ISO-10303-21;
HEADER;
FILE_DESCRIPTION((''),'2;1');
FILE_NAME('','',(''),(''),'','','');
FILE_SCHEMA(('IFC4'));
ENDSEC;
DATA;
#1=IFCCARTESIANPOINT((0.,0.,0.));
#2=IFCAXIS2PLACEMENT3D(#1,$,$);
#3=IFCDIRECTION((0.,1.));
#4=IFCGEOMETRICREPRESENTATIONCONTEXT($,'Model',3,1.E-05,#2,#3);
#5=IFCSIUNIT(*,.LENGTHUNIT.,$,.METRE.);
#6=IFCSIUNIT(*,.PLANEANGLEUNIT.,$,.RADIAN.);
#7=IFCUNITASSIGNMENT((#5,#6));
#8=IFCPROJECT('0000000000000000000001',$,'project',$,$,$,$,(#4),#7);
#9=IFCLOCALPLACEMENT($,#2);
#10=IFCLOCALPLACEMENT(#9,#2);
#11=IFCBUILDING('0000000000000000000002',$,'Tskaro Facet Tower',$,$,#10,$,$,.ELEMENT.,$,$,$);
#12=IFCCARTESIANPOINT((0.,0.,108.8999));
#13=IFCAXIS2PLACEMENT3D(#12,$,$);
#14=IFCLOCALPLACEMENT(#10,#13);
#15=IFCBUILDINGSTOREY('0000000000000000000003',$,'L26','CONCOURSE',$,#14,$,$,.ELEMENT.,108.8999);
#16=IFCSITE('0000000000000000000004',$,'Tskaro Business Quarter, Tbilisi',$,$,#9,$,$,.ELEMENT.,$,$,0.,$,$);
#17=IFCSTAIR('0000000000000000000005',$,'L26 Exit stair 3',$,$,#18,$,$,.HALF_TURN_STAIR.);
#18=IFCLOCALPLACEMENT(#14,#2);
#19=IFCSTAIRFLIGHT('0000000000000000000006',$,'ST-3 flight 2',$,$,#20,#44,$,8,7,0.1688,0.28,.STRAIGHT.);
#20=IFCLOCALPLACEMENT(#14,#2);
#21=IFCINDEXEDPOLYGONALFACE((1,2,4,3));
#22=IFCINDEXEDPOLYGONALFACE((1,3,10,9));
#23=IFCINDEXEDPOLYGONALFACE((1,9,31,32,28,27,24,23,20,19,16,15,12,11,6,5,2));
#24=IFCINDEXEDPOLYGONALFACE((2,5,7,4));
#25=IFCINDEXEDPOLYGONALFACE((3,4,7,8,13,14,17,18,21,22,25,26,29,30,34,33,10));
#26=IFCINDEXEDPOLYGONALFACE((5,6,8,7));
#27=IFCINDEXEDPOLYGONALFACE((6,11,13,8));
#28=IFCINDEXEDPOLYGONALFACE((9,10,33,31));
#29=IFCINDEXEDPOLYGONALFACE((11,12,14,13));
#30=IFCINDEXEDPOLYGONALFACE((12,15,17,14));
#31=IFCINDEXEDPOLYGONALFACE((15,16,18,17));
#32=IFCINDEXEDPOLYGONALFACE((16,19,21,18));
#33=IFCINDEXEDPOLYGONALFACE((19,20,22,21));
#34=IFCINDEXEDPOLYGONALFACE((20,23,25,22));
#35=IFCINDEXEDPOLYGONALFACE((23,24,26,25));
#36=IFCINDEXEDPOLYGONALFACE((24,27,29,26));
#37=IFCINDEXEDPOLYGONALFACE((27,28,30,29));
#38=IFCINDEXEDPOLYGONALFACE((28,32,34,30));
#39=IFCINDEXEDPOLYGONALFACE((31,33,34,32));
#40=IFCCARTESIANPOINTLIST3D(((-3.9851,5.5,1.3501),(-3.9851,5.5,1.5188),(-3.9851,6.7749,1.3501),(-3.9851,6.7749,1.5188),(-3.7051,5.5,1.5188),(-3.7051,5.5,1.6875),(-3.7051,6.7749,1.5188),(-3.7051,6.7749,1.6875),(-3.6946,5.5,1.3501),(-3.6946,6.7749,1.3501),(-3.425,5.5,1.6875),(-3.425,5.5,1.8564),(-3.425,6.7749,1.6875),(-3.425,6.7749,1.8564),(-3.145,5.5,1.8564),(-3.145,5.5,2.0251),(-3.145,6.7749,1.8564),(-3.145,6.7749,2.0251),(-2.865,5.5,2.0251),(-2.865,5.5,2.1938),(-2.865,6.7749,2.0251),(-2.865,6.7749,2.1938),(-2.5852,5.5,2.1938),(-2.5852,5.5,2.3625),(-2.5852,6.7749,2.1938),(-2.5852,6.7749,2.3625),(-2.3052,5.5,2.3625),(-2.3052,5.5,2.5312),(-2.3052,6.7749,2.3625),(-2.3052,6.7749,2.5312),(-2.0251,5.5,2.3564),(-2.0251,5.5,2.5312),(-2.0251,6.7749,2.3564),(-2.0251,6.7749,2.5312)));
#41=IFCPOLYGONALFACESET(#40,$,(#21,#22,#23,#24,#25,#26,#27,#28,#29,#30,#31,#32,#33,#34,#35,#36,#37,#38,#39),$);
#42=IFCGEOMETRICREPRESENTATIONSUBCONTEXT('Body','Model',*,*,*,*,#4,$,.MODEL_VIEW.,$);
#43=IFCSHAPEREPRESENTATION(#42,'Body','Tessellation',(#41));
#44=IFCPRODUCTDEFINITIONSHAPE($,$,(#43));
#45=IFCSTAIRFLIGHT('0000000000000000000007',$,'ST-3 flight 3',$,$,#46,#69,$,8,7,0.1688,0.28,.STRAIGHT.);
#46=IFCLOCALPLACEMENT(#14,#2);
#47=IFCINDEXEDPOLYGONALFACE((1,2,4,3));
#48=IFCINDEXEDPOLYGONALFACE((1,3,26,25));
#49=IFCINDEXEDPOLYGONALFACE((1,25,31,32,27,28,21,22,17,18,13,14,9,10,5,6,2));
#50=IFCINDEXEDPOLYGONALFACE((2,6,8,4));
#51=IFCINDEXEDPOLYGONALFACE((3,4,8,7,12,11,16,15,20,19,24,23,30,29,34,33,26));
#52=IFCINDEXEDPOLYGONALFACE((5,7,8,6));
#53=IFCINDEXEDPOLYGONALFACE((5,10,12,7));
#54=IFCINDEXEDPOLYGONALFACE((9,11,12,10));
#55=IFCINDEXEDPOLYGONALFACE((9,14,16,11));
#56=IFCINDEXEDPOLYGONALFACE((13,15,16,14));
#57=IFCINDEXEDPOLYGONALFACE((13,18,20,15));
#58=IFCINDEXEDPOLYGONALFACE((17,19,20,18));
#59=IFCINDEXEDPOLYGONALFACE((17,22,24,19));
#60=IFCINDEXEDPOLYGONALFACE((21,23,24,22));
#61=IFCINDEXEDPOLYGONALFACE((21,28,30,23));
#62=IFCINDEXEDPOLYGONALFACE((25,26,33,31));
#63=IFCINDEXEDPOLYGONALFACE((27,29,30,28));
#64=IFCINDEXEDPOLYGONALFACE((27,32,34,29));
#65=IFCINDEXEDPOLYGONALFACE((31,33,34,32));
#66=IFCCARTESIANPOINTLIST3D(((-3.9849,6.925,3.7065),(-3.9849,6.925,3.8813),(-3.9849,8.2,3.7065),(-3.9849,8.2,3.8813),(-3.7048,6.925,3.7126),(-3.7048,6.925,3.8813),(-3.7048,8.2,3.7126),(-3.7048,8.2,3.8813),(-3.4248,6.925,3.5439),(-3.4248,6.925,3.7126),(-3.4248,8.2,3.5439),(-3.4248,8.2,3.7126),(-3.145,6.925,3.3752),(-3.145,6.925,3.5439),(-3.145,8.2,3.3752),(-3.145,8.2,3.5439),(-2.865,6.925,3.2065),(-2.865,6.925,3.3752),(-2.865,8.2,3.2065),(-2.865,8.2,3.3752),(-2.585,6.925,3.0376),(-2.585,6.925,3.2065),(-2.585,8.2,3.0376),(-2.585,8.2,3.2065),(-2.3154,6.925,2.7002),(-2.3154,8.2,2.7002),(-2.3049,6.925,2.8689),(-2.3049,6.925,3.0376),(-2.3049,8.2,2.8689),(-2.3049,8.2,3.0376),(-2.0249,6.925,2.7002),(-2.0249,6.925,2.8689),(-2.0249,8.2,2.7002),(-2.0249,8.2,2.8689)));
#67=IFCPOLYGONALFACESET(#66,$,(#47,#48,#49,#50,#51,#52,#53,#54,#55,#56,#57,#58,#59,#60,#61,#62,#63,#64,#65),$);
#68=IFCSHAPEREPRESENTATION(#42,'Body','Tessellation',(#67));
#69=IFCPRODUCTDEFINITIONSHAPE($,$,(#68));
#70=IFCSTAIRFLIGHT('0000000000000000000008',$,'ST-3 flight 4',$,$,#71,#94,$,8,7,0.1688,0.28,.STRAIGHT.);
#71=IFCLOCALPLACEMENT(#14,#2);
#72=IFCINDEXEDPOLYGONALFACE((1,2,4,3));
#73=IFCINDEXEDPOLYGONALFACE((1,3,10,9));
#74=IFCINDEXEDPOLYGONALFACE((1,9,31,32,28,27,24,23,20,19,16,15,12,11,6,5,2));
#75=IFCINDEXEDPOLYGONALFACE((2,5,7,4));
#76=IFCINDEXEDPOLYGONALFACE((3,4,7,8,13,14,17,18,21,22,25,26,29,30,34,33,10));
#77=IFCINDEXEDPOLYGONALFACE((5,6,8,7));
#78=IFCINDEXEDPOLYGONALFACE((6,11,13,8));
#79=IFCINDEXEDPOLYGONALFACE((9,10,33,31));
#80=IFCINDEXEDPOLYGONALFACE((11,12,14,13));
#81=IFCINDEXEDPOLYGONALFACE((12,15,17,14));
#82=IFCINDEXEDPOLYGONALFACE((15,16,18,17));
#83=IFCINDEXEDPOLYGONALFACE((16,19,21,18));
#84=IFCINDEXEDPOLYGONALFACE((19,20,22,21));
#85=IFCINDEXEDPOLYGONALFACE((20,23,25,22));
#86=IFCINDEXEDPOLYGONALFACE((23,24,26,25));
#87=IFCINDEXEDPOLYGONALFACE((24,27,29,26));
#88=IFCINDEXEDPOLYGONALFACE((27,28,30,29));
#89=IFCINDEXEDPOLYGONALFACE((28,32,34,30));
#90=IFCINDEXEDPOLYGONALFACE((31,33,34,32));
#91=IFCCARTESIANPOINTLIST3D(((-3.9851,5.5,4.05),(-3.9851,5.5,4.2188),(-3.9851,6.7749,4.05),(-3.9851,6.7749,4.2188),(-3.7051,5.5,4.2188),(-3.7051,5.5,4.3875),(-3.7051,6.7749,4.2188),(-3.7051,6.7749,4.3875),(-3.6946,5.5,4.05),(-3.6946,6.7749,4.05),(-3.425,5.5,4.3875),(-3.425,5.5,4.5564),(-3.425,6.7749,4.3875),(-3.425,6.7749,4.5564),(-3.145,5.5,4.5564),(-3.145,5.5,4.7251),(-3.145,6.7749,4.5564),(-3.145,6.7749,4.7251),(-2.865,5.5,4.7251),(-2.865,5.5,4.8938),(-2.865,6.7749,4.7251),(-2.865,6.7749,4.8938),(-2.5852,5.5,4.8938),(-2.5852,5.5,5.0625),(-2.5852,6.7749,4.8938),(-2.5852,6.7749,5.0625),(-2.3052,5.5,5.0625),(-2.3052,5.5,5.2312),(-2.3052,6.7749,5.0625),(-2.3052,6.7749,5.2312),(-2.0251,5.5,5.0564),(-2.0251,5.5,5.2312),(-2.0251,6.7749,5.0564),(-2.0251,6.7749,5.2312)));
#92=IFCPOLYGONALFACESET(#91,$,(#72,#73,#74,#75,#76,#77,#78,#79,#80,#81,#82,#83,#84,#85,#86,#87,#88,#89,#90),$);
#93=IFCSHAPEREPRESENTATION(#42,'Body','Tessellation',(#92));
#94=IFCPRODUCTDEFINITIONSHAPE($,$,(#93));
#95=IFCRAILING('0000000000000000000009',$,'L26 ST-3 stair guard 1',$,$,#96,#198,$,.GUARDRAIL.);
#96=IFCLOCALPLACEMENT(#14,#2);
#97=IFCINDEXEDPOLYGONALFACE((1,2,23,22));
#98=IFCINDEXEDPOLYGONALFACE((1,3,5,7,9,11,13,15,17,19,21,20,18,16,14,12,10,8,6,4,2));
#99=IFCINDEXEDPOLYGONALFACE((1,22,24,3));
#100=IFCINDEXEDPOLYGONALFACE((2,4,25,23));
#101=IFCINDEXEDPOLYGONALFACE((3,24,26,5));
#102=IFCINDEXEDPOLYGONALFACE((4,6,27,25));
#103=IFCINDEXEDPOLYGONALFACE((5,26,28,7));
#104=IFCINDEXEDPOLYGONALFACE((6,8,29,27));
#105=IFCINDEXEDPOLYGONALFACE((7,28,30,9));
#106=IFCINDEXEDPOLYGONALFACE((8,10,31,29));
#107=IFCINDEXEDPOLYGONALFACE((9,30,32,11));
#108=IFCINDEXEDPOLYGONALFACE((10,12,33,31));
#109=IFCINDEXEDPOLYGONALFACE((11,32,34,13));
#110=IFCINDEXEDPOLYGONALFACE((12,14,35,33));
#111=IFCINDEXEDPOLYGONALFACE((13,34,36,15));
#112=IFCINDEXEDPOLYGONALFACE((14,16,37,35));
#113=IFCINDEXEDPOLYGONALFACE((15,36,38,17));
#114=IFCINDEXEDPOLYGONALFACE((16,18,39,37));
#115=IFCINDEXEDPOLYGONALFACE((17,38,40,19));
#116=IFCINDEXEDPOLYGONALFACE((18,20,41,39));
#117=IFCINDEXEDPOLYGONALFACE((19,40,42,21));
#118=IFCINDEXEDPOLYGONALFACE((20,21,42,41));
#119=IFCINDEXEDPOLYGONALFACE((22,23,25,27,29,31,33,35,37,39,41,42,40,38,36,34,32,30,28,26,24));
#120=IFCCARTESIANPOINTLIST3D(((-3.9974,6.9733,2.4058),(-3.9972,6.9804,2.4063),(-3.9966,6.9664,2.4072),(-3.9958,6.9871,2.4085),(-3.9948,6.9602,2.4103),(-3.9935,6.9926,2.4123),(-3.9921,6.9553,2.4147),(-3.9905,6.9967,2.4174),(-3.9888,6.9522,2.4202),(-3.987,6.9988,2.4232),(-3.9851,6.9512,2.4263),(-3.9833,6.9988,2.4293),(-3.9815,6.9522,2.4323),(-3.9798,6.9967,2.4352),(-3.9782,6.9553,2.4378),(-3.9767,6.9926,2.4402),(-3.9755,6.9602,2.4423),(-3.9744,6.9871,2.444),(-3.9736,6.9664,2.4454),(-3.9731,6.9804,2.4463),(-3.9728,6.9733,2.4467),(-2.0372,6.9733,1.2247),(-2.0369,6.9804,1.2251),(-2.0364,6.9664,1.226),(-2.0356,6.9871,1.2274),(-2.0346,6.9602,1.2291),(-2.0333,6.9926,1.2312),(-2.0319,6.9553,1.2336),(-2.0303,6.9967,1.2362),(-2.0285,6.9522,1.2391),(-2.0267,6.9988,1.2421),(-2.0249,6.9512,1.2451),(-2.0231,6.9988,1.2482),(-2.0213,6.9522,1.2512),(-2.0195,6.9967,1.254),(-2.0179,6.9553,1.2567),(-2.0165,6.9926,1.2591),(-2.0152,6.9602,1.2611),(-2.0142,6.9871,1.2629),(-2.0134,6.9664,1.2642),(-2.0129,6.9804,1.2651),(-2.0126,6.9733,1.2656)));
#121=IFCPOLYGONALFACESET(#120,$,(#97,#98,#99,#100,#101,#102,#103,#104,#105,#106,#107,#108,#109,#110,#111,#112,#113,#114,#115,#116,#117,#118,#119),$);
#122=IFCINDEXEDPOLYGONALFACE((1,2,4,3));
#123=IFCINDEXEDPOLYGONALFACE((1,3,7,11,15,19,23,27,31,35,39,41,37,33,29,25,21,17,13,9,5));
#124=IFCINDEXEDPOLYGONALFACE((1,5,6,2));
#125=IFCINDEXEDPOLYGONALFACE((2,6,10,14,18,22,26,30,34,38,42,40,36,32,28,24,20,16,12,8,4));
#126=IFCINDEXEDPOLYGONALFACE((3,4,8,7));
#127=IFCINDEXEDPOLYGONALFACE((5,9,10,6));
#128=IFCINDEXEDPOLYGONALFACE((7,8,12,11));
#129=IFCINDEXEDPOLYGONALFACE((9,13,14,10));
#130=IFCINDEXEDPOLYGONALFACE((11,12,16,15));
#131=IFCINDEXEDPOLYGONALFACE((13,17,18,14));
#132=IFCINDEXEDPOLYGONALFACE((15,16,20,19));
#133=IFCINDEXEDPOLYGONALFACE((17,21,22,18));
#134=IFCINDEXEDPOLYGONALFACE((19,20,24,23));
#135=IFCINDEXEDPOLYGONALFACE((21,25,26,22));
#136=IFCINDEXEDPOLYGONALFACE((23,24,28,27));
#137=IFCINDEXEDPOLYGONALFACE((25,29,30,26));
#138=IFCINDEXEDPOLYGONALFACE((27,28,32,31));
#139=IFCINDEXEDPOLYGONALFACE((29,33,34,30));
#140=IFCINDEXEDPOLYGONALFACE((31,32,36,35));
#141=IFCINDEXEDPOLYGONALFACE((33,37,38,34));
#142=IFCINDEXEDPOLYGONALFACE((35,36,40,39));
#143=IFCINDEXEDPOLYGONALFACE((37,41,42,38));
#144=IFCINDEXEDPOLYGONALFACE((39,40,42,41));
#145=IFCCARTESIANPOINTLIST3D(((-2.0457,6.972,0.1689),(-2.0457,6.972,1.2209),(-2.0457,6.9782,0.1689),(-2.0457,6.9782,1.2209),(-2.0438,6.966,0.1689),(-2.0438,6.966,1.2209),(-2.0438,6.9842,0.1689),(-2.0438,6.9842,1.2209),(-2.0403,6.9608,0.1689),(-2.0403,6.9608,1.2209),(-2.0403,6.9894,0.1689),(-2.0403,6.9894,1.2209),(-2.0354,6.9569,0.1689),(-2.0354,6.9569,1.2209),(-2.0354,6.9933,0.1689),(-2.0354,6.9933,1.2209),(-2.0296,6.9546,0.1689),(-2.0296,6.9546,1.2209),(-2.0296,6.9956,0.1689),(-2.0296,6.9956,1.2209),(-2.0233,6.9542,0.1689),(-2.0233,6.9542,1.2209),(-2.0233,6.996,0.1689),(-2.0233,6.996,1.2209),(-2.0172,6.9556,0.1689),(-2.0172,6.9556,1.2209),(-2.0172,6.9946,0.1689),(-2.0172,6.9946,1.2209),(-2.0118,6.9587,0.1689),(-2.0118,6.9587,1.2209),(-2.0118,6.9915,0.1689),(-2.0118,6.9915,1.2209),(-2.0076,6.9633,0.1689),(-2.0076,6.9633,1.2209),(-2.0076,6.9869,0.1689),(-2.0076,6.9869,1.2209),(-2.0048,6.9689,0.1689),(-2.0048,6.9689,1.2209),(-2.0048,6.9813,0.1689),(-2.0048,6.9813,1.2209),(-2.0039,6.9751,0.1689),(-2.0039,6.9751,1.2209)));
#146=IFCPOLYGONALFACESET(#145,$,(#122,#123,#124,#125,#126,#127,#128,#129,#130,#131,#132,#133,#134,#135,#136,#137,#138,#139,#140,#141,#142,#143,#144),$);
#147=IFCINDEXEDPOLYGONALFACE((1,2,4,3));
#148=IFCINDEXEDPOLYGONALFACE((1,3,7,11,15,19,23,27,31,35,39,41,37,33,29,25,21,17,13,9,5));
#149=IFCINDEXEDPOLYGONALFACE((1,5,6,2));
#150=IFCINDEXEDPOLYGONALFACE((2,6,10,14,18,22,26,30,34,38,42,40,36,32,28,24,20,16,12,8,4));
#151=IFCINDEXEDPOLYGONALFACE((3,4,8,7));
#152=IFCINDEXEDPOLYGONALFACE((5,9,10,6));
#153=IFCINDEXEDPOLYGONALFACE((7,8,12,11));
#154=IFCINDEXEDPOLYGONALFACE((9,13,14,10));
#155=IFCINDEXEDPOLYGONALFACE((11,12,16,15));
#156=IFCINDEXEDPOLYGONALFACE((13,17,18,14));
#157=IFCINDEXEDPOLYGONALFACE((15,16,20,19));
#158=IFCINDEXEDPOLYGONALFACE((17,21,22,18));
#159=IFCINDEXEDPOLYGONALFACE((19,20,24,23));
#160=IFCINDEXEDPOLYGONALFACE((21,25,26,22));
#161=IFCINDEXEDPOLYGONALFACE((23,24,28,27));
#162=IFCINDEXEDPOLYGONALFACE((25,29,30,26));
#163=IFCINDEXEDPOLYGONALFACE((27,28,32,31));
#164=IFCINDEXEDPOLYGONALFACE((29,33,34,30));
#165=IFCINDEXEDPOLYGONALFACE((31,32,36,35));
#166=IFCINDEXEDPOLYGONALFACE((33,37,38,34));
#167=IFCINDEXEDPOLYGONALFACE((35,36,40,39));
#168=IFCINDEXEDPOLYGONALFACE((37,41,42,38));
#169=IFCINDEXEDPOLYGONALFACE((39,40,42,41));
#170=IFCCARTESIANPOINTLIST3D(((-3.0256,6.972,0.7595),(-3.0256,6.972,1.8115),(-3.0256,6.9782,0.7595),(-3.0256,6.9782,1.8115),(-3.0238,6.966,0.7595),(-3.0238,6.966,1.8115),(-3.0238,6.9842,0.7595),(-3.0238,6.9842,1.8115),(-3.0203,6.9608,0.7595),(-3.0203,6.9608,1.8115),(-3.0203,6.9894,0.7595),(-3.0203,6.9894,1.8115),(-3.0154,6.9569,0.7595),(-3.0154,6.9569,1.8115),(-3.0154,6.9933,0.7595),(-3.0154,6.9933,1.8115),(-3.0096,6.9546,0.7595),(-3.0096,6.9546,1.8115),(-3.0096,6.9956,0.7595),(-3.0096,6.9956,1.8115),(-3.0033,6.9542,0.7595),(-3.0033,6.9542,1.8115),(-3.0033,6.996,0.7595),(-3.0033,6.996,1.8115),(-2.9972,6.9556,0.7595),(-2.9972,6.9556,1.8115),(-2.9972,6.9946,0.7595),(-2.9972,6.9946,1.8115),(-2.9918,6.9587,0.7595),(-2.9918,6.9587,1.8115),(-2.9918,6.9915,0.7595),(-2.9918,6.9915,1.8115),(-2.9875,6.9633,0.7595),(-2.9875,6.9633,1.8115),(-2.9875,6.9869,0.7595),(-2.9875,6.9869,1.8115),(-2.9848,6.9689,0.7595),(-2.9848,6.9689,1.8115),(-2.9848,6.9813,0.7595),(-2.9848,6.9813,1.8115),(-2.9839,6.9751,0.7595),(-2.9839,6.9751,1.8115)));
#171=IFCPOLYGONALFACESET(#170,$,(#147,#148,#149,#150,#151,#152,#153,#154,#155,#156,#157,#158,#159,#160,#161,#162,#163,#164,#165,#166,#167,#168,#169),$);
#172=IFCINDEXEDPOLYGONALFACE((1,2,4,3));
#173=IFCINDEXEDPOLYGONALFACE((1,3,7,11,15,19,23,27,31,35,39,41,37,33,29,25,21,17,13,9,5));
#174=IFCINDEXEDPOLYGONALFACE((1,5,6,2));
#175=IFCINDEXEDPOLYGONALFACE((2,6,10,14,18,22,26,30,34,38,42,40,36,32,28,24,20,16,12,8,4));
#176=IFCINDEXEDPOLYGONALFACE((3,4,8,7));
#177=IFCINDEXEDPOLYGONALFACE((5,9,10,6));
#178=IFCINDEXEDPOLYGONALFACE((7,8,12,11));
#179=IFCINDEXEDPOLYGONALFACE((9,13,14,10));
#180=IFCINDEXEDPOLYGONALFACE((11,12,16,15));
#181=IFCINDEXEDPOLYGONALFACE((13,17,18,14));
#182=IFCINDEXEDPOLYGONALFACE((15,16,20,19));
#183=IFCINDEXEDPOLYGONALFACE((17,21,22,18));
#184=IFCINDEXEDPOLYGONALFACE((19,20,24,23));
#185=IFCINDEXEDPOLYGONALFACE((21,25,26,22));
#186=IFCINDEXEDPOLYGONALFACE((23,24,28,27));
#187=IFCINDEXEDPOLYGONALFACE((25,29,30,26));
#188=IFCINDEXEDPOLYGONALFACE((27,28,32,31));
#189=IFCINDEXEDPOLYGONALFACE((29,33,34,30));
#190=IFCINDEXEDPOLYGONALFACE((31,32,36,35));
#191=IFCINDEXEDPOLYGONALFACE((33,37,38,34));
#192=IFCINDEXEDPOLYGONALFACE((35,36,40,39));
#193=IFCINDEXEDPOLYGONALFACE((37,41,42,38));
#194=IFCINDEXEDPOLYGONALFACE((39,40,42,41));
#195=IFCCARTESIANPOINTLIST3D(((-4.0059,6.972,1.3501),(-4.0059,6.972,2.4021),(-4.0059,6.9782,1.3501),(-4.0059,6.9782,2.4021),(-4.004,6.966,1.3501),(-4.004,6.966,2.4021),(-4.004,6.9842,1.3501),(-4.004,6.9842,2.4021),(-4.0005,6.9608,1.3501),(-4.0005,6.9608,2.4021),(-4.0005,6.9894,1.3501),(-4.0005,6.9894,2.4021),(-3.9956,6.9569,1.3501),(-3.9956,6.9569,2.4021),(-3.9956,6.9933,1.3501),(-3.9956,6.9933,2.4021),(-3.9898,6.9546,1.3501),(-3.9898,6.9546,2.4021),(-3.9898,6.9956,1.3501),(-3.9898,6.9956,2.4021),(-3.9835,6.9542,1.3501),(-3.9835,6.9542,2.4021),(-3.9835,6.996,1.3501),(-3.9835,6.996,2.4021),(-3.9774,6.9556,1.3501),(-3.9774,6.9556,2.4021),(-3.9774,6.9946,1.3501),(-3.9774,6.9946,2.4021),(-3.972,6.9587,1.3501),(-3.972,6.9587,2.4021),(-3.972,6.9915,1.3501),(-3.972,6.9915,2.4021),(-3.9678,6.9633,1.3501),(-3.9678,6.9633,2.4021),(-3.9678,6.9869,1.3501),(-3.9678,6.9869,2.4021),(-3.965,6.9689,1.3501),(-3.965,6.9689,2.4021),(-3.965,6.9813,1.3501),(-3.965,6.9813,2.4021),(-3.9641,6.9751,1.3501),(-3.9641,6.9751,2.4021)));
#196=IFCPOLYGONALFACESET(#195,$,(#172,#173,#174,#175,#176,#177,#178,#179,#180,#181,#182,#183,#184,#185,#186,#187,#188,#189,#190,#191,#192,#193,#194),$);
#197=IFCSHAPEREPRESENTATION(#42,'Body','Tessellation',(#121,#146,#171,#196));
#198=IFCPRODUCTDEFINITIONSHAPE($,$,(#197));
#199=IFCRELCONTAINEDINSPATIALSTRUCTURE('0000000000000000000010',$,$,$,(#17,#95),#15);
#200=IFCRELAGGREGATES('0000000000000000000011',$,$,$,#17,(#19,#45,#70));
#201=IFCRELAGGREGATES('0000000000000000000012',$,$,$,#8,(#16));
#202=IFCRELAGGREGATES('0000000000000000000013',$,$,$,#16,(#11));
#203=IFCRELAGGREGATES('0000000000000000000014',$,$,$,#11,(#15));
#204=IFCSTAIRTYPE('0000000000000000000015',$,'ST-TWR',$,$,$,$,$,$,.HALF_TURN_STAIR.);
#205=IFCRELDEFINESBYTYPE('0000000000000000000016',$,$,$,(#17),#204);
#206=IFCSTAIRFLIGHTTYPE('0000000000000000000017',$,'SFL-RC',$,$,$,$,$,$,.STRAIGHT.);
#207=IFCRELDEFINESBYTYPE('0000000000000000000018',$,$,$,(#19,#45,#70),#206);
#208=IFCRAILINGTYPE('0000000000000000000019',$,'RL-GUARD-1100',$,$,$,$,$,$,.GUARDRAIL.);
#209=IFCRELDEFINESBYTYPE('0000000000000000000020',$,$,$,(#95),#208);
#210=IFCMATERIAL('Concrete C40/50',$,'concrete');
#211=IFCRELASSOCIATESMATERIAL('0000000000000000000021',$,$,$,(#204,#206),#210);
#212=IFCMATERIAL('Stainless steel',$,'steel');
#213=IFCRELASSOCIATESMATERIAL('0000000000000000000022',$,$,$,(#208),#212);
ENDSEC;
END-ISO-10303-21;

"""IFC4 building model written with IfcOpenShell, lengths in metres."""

from ifc_helpers import new_model, si_unit, direction, frame, origin, origin_2d, place, context, subcontext, project, spatial, polyline, circle, outline, extrude, material, type_object, element, aggregate, save


model = new_model("IFC4")

# Units and contexts
model_context = context("Model", 3, precision=1e-05, world=origin(), true_north=direction((0.0, 1.0)))
body_context = subcontext(model_context, "Body", "Model", "MODEL_VIEW")
ifc_project = project(units=[si_unit("LENGTHUNIT", "METRE"), si_unit("PLANEANGLEUNIT", "RADIAN")], contexts=[model_context])

# Site, building, storey
site_placement = place(None, origin())
site = spatial("IfcSite", under=ifc_project, at=site_placement, Name="Tskaro Business Quarter, Tbilisi", CompositionType="ELEMENT", RefElevation=0.0)
building_placement = place(site_placement, origin())
building = spatial("IfcBuilding", under=site, at=building_placement, Name="Tskaro Facet Tower", CompositionType="ELEMENT")
storey_placement = place(building_placement, frame((0.0, 0.0, 108.8999)))
storey = spatial("IfcBuildingStorey", under=building, at=storey_placement, Name="L26", Description="CONCOURSE", CompositionType="ELEMENT", Elevation=108.8999)

# Stair
ifc_material_1 = material(Name="Concrete C40/50", Category="concrete")
stair_type = type_object("IfcStairType", Name="ST-TWR", PredefinedType="HALF_TURN_STAIR", material=ifc_material_1)
stair_1_placement = place(storey_placement, origin())
stair_1 = element("IfcStair", 1, at=stair_1_placement, inside=storey, type_object=stair_type, Name="L26 Exit stair 3", PredefinedType="HALF_TURN_STAIR")

# Stair flights
stair_flight_type = type_object("IfcStairFlightType", Name="SFL-RC", PredefinedType="STRAIGHT", material=ifc_material_1)
stair_flight_1_placement = place(storey_placement, frame((-3.9851, 6.1375, 1.3501), z_axis=(0.0, 0.0, 1.0), x_axis=(1.0, 0.0, 0.0)))
stair_flight_1 = element("IfcStairFlight", 2, at=stair_flight_1_placement, type_object=stair_flight_type, Name="ST-3 flight 2", NumberOfRisers=8, NumberOfTreads=7, PredefinedType="STRAIGHT", RiserHeight=0.1688, TreadLength=0.28, context=body_context, shape_type="SweptSolid", body=[
    extrude(outline(polyline([(0.0, 0.0), (0.0, 0.1687), (0.28, 0.1687), (0.28, 0.3374), (0.5601, 0.3374), (0.5601, 0.5063), (0.8401, 0.5063), (0.8401, 0.675), (1.1201, 0.675), (1.1201, 0.8438), (1.3999, 0.8438), (1.3999, 1.0125), (1.6799, 1.0125), (1.6799, 1.1812), (1.96, 1.1812), (1.96, 1.3501), (1.96, 1.0063), (0.2905, 0.0), (0.0, 0.0)])), frame((0.0, 0.6375, 0.0), z_axis=(0.0, -1.0, 0.0), x_axis=(1.0, 0.0, 0.0)), (0.0, 0.0, 1.0), 1.2749),
])
stair_flight_2_placement = place(storey_placement, frame((-2.0249, 7.5625, 2.7002), z_axis=(0.0, 0.0, 1.0), x_axis=(-1.0, 0.0, 0.0)))
stair_flight_2 = element("IfcStairFlight", 3, at=stair_flight_2_placement, type_object=stair_flight_type, Name="ST-3 flight 3", NumberOfRisers=8, NumberOfTreads=7, PredefinedType="STRAIGHT", RiserHeight=0.1688, TreadLength=0.28, context=body_context, shape_type="SweptSolid", body=[
    extrude(outline(polyline([(0.0, 0.0), (0.0, 0.1687), (0.28, 0.1687), (0.28, 0.3374), (0.5601, 0.3374), (0.5601, 0.5063), (0.8401, 0.5063), (0.8401, 0.675), (1.1201, 0.675), (1.1201, 0.8438), (1.3999, 0.8438), (1.3999, 1.0125), (1.6799, 1.0125), (1.6799, 1.1812), (1.96, 1.1812), (1.96, 1.3501), (1.96, 1.0063), (0.2905, 0.0), (0.0, 0.0)])), frame((0.0, 0.6375, 0.0), z_axis=(0.0, -1.0, 0.0), x_axis=(1.0, 0.0, 0.0)), (0.0, 0.0, 1.0), 1.2749),
])
stair_flight_3_placement = place(storey_placement, frame((-3.9851, 6.1375, 4.05), z_axis=(0.0, 0.0, 1.0), x_axis=(1.0, 0.0, 0.0)))
stair_flight_3 = element("IfcStairFlight", 4, at=stair_flight_3_placement, type_object=stair_flight_type, Name="ST-3 flight 4", NumberOfRisers=8, NumberOfTreads=7, PredefinedType="STRAIGHT", RiserHeight=0.1688, TreadLength=0.28, context=body_context, shape_type="SweptSolid", body=[
    extrude(outline(polyline([(0.0, 0.0), (0.0, 0.1687), (0.28, 0.1687), (0.28, 0.3374), (0.5601, 0.3374), (0.5601, 0.5063), (0.8401, 0.5063), (0.8401, 0.675), (1.1201, 0.675), (1.1201, 0.8438), (1.3999, 0.8438), (1.3999, 1.0125), (1.6799, 1.0125), (1.6799, 1.1812), (1.96, 1.1812), (1.96, 1.3501), (1.96, 1.0063), (0.2905, 0.0), (0.0, 0.0)])), frame((0.0, 0.6375, 0.0), z_axis=(0.0, -1.0, 0.0), x_axis=(1.0, 0.0, 0.0)), (0.0, 0.0, 1.0), 1.2749),
])
aggregate(stair_1, [stair_flight_1, stair_flight_2, stair_flight_3])

# Railing
ifc_material_2 = material(Name="Stainless steel", Category="steel")
railing_type_1 = type_object("IfcRailingType", Name="RL-GUARD-1100", PredefinedType="GUARDRAIL", material=ifc_material_2)
railing_1_placement = place(storey_placement, frame((-2.0249, 6.9751, 0.1689)))
element("IfcRailing", 5, at=railing_1_placement, inside=storey, type_object=railing_type_1, Name="L26 ST-3 stair guard 1", PredefinedType="GUARDRAIL", context=body_context, shape_type="SweptSolid", body=[
    extrude(circle(Radius=0.0239, at=origin_2d()), frame((0.0, 0.0, 1.0762), z_axis=(-0.856522, 0.0, 0.516111), x_axis=(0.0, -1.0, 0.0)), (0.0, 0.0, 1.0), 2.2886),
    extrude(circle(Radius=0.021, at=origin_2d()), origin(), (0.0, 0.0, 1.0), 1.052),
    extrude(circle(Radius=0.021, at=origin_2d()), frame((-0.98, 0.0, 0.5906)), (0.0, 0.0, 1.0), 1.052),
    extrude(circle(Radius=0.021, at=origin_2d()), frame((-1.9602, 0.0, 1.1812)), (0.0, 0.0, 1.0), 1.052),
])

save(model, "model.ifc")
